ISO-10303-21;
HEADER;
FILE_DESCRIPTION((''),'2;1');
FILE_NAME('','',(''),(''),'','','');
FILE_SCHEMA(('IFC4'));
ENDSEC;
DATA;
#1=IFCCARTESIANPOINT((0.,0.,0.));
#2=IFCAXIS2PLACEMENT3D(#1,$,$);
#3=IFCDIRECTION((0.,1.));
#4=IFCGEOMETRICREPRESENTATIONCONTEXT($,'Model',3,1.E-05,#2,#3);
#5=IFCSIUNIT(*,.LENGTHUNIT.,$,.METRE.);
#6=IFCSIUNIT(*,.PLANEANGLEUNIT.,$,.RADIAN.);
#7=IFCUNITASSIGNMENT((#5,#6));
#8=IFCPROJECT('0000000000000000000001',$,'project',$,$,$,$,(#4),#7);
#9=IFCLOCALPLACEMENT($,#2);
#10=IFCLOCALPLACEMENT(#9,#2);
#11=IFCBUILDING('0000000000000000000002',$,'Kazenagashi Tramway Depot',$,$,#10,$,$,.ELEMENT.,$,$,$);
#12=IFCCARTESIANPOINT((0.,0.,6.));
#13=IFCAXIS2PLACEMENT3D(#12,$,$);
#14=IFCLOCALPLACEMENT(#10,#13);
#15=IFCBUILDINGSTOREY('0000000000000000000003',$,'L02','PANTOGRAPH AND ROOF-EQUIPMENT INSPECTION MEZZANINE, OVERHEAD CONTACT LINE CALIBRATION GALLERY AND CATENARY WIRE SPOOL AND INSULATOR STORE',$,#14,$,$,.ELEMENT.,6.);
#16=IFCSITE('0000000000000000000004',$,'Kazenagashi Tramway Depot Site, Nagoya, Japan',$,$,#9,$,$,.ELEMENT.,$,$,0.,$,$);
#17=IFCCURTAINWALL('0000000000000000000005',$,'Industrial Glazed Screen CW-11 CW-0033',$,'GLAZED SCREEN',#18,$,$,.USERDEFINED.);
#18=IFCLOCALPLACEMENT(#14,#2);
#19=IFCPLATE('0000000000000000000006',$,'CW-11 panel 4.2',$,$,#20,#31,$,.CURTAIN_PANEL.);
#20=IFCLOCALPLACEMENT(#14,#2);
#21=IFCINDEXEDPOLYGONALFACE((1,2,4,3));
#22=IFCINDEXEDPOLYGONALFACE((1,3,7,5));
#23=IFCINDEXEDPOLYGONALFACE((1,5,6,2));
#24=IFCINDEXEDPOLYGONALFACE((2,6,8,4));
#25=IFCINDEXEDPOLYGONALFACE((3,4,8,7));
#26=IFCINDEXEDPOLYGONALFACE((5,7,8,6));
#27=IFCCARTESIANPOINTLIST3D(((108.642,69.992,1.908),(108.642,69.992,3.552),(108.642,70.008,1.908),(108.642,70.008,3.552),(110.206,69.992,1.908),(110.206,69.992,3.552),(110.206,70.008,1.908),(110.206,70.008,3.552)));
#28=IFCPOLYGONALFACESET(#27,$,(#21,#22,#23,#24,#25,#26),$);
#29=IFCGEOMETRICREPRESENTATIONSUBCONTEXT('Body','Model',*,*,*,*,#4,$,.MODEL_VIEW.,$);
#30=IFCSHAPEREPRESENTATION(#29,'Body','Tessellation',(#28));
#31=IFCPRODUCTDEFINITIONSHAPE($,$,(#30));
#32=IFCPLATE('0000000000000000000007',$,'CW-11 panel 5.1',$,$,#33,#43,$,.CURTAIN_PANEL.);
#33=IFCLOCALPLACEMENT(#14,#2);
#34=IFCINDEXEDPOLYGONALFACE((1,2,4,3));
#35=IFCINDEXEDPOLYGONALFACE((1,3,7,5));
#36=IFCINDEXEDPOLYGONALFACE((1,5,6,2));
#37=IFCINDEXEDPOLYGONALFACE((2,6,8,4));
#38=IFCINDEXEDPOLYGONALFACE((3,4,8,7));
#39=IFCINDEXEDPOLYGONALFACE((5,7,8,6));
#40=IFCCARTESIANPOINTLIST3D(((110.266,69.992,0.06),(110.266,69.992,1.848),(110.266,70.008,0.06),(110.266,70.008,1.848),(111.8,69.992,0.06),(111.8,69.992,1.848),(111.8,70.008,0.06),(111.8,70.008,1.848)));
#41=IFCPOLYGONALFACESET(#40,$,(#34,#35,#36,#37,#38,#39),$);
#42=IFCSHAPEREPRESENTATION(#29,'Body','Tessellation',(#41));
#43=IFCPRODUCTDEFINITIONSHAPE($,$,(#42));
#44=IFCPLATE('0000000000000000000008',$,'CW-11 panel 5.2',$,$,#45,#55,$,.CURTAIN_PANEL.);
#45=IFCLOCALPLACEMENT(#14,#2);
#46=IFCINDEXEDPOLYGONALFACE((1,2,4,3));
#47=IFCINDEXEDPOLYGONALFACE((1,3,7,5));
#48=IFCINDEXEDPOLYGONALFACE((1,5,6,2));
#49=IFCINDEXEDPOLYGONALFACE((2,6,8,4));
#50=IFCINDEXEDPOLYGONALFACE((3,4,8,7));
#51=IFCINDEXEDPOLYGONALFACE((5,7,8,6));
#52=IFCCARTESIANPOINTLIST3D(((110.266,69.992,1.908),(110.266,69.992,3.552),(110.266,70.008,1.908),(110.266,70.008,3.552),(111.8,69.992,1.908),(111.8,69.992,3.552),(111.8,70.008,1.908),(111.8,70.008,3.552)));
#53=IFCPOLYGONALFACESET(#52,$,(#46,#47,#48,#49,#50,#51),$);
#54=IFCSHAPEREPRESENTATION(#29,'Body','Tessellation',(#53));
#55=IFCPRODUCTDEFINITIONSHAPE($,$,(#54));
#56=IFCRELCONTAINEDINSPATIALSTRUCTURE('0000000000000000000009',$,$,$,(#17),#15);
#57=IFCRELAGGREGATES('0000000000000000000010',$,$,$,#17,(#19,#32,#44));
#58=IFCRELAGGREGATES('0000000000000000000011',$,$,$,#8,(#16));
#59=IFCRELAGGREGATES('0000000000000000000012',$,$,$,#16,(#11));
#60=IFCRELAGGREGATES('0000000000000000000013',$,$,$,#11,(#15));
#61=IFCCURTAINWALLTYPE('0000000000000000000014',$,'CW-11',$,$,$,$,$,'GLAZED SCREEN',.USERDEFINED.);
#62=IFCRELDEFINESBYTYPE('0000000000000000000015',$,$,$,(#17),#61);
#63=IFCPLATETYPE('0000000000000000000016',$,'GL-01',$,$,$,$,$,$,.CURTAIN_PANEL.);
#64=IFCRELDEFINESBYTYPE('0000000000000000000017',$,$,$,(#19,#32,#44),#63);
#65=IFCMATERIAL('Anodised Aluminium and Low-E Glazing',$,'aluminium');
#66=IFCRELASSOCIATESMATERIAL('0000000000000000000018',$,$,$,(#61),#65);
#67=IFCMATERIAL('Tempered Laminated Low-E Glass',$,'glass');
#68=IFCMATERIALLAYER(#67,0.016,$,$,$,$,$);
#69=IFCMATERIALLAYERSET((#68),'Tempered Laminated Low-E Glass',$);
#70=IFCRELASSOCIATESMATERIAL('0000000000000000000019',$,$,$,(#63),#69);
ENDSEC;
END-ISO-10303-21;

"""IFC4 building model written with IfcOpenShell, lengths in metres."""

from ifc_helpers import new_model, si_unit, direction, frame, origin, origin_2d, place, context, subcontext, project, spatial, rectangle, extrude, material, layer, layer_set, type_object, element, aggregate, save


model = new_model("IFC4")

# Units and contexts
model_context = context("Model", 3, precision=1e-05, world=origin(), true_north=direction((0.0, 1.0)))
body_context = subcontext(model_context, "Body", "Model", "MODEL_VIEW")
ifc_project = project(units=[si_unit("LENGTHUNIT", "METRE"), si_unit("PLANEANGLEUNIT", "RADIAN")], contexts=[model_context])

# Site, building, storey
site_placement = place(None, origin())
site = spatial("IfcSite", under=ifc_project, at=site_placement, Name="Kazenagashi Tramway Depot Site, Nagoya, Japan", CompositionType="ELEMENT", RefElevation=0.0)
building_placement = place(site_placement, origin())
building = spatial("IfcBuilding", under=site, at=building_placement, Name="Kazenagashi Tramway Depot", CompositionType="ELEMENT")
storey_placement = place(building_placement, frame((0.0, 0.0, 6.0)))
storey = spatial("IfcBuildingStorey", under=building, at=storey_placement, Name="L02", Description="PANTOGRAPH AND ROOF-EQUIPMENT INSPECTION MEZZANINE, OVERHEAD CONTACT LINE CALIBRATION GALLERY AND CATENARY WIRE SPOOL AND INSULATOR STORE", CompositionType="ELEMENT", Elevation=6.0)

# Curtain wall
ifc_material_1 = material(Name="Anodised Aluminium and Low-E Glazing", Category="aluminium")
curtain_wall_type = type_object("IfcCurtainWallType", Name="CW-11", ElementType="GLAZED SCREEN", PredefinedType="USERDEFINED", material=ifc_material_1)
curtain_wall_placement = place(storey_placement, origin())
curtain_wall = element("IfcCurtainWall", 1, at=curtain_wall_placement, inside=storey, type_object=curtain_wall_type, Name="Industrial Glazed Screen CW-11 CW-0033", ObjectType="GLAZED SCREEN", PredefinedType="USERDEFINED")

# Plates
ifc_material_2 = material(Name="Tempered Laminated Low-E Glass", Category="glass")
ifc_layer = layer(ifc_material_2, 0.016)
ifc_layer_set = layer_set([ifc_layer], Name="Tempered Laminated Low-E Glass")
plate_type = type_object("IfcPlateType", Name="GL-01", PredefinedType="CURTAIN_PANEL", material=ifc_layer_set)
plate_1_placement = place(storey_placement, frame((109.424, 70.0, 1.908), z_axis=(0.0, 0.0, 1.0), x_axis=(1.0, 0.0, 0.0)))
plate_1 = element("IfcPlate", 2, at=plate_1_placement, type_object=plate_type, Name="CW-11 panel 4.2", PredefinedType="CURTAIN_PANEL", context=body_context, shape_type="SweptSolid", body=[
    extrude(rectangle(XDim=1.564, YDim=0.016, at=origin_2d()), origin(), (0.0, 0.0, 1.0), 1.644),
])
plate_2_placement = place(storey_placement, frame((111.033, 70.0, 0.06), z_axis=(0.0, 0.0, 1.0), x_axis=(1.0, 0.0, 0.0)))
plate_2 = element("IfcPlate", 3, at=plate_2_placement, type_object=plate_type, Name="CW-11 panel 5.1", PredefinedType="CURTAIN_PANEL", context=body_context, shape_type="SweptSolid", body=[
    extrude(rectangle(XDim=1.534, YDim=0.016, at=origin_2d()), origin(), (0.0, 0.0, 1.0), 1.788),
])
plate_3_placement = place(storey_placement, frame((111.033, 70.0, 1.908), z_axis=(0.0, 0.0, 1.0), x_axis=(1.0, 0.0, 0.0)))
plate_3 = element("IfcPlate", 4, at=plate_3_placement, type_object=plate_type, Name="CW-11 panel 5.2", PredefinedType="CURTAIN_PANEL", context=body_context, shape_type="SweptSolid", body=[
    extrude(rectangle(XDim=1.534, YDim=0.016, at=origin_2d()), origin(), (0.0, 0.0, 1.0), 1.644),
])
aggregate(curtain_wall, [plate_1, plate_2, plate_3])

save(model, "model.ifc")
